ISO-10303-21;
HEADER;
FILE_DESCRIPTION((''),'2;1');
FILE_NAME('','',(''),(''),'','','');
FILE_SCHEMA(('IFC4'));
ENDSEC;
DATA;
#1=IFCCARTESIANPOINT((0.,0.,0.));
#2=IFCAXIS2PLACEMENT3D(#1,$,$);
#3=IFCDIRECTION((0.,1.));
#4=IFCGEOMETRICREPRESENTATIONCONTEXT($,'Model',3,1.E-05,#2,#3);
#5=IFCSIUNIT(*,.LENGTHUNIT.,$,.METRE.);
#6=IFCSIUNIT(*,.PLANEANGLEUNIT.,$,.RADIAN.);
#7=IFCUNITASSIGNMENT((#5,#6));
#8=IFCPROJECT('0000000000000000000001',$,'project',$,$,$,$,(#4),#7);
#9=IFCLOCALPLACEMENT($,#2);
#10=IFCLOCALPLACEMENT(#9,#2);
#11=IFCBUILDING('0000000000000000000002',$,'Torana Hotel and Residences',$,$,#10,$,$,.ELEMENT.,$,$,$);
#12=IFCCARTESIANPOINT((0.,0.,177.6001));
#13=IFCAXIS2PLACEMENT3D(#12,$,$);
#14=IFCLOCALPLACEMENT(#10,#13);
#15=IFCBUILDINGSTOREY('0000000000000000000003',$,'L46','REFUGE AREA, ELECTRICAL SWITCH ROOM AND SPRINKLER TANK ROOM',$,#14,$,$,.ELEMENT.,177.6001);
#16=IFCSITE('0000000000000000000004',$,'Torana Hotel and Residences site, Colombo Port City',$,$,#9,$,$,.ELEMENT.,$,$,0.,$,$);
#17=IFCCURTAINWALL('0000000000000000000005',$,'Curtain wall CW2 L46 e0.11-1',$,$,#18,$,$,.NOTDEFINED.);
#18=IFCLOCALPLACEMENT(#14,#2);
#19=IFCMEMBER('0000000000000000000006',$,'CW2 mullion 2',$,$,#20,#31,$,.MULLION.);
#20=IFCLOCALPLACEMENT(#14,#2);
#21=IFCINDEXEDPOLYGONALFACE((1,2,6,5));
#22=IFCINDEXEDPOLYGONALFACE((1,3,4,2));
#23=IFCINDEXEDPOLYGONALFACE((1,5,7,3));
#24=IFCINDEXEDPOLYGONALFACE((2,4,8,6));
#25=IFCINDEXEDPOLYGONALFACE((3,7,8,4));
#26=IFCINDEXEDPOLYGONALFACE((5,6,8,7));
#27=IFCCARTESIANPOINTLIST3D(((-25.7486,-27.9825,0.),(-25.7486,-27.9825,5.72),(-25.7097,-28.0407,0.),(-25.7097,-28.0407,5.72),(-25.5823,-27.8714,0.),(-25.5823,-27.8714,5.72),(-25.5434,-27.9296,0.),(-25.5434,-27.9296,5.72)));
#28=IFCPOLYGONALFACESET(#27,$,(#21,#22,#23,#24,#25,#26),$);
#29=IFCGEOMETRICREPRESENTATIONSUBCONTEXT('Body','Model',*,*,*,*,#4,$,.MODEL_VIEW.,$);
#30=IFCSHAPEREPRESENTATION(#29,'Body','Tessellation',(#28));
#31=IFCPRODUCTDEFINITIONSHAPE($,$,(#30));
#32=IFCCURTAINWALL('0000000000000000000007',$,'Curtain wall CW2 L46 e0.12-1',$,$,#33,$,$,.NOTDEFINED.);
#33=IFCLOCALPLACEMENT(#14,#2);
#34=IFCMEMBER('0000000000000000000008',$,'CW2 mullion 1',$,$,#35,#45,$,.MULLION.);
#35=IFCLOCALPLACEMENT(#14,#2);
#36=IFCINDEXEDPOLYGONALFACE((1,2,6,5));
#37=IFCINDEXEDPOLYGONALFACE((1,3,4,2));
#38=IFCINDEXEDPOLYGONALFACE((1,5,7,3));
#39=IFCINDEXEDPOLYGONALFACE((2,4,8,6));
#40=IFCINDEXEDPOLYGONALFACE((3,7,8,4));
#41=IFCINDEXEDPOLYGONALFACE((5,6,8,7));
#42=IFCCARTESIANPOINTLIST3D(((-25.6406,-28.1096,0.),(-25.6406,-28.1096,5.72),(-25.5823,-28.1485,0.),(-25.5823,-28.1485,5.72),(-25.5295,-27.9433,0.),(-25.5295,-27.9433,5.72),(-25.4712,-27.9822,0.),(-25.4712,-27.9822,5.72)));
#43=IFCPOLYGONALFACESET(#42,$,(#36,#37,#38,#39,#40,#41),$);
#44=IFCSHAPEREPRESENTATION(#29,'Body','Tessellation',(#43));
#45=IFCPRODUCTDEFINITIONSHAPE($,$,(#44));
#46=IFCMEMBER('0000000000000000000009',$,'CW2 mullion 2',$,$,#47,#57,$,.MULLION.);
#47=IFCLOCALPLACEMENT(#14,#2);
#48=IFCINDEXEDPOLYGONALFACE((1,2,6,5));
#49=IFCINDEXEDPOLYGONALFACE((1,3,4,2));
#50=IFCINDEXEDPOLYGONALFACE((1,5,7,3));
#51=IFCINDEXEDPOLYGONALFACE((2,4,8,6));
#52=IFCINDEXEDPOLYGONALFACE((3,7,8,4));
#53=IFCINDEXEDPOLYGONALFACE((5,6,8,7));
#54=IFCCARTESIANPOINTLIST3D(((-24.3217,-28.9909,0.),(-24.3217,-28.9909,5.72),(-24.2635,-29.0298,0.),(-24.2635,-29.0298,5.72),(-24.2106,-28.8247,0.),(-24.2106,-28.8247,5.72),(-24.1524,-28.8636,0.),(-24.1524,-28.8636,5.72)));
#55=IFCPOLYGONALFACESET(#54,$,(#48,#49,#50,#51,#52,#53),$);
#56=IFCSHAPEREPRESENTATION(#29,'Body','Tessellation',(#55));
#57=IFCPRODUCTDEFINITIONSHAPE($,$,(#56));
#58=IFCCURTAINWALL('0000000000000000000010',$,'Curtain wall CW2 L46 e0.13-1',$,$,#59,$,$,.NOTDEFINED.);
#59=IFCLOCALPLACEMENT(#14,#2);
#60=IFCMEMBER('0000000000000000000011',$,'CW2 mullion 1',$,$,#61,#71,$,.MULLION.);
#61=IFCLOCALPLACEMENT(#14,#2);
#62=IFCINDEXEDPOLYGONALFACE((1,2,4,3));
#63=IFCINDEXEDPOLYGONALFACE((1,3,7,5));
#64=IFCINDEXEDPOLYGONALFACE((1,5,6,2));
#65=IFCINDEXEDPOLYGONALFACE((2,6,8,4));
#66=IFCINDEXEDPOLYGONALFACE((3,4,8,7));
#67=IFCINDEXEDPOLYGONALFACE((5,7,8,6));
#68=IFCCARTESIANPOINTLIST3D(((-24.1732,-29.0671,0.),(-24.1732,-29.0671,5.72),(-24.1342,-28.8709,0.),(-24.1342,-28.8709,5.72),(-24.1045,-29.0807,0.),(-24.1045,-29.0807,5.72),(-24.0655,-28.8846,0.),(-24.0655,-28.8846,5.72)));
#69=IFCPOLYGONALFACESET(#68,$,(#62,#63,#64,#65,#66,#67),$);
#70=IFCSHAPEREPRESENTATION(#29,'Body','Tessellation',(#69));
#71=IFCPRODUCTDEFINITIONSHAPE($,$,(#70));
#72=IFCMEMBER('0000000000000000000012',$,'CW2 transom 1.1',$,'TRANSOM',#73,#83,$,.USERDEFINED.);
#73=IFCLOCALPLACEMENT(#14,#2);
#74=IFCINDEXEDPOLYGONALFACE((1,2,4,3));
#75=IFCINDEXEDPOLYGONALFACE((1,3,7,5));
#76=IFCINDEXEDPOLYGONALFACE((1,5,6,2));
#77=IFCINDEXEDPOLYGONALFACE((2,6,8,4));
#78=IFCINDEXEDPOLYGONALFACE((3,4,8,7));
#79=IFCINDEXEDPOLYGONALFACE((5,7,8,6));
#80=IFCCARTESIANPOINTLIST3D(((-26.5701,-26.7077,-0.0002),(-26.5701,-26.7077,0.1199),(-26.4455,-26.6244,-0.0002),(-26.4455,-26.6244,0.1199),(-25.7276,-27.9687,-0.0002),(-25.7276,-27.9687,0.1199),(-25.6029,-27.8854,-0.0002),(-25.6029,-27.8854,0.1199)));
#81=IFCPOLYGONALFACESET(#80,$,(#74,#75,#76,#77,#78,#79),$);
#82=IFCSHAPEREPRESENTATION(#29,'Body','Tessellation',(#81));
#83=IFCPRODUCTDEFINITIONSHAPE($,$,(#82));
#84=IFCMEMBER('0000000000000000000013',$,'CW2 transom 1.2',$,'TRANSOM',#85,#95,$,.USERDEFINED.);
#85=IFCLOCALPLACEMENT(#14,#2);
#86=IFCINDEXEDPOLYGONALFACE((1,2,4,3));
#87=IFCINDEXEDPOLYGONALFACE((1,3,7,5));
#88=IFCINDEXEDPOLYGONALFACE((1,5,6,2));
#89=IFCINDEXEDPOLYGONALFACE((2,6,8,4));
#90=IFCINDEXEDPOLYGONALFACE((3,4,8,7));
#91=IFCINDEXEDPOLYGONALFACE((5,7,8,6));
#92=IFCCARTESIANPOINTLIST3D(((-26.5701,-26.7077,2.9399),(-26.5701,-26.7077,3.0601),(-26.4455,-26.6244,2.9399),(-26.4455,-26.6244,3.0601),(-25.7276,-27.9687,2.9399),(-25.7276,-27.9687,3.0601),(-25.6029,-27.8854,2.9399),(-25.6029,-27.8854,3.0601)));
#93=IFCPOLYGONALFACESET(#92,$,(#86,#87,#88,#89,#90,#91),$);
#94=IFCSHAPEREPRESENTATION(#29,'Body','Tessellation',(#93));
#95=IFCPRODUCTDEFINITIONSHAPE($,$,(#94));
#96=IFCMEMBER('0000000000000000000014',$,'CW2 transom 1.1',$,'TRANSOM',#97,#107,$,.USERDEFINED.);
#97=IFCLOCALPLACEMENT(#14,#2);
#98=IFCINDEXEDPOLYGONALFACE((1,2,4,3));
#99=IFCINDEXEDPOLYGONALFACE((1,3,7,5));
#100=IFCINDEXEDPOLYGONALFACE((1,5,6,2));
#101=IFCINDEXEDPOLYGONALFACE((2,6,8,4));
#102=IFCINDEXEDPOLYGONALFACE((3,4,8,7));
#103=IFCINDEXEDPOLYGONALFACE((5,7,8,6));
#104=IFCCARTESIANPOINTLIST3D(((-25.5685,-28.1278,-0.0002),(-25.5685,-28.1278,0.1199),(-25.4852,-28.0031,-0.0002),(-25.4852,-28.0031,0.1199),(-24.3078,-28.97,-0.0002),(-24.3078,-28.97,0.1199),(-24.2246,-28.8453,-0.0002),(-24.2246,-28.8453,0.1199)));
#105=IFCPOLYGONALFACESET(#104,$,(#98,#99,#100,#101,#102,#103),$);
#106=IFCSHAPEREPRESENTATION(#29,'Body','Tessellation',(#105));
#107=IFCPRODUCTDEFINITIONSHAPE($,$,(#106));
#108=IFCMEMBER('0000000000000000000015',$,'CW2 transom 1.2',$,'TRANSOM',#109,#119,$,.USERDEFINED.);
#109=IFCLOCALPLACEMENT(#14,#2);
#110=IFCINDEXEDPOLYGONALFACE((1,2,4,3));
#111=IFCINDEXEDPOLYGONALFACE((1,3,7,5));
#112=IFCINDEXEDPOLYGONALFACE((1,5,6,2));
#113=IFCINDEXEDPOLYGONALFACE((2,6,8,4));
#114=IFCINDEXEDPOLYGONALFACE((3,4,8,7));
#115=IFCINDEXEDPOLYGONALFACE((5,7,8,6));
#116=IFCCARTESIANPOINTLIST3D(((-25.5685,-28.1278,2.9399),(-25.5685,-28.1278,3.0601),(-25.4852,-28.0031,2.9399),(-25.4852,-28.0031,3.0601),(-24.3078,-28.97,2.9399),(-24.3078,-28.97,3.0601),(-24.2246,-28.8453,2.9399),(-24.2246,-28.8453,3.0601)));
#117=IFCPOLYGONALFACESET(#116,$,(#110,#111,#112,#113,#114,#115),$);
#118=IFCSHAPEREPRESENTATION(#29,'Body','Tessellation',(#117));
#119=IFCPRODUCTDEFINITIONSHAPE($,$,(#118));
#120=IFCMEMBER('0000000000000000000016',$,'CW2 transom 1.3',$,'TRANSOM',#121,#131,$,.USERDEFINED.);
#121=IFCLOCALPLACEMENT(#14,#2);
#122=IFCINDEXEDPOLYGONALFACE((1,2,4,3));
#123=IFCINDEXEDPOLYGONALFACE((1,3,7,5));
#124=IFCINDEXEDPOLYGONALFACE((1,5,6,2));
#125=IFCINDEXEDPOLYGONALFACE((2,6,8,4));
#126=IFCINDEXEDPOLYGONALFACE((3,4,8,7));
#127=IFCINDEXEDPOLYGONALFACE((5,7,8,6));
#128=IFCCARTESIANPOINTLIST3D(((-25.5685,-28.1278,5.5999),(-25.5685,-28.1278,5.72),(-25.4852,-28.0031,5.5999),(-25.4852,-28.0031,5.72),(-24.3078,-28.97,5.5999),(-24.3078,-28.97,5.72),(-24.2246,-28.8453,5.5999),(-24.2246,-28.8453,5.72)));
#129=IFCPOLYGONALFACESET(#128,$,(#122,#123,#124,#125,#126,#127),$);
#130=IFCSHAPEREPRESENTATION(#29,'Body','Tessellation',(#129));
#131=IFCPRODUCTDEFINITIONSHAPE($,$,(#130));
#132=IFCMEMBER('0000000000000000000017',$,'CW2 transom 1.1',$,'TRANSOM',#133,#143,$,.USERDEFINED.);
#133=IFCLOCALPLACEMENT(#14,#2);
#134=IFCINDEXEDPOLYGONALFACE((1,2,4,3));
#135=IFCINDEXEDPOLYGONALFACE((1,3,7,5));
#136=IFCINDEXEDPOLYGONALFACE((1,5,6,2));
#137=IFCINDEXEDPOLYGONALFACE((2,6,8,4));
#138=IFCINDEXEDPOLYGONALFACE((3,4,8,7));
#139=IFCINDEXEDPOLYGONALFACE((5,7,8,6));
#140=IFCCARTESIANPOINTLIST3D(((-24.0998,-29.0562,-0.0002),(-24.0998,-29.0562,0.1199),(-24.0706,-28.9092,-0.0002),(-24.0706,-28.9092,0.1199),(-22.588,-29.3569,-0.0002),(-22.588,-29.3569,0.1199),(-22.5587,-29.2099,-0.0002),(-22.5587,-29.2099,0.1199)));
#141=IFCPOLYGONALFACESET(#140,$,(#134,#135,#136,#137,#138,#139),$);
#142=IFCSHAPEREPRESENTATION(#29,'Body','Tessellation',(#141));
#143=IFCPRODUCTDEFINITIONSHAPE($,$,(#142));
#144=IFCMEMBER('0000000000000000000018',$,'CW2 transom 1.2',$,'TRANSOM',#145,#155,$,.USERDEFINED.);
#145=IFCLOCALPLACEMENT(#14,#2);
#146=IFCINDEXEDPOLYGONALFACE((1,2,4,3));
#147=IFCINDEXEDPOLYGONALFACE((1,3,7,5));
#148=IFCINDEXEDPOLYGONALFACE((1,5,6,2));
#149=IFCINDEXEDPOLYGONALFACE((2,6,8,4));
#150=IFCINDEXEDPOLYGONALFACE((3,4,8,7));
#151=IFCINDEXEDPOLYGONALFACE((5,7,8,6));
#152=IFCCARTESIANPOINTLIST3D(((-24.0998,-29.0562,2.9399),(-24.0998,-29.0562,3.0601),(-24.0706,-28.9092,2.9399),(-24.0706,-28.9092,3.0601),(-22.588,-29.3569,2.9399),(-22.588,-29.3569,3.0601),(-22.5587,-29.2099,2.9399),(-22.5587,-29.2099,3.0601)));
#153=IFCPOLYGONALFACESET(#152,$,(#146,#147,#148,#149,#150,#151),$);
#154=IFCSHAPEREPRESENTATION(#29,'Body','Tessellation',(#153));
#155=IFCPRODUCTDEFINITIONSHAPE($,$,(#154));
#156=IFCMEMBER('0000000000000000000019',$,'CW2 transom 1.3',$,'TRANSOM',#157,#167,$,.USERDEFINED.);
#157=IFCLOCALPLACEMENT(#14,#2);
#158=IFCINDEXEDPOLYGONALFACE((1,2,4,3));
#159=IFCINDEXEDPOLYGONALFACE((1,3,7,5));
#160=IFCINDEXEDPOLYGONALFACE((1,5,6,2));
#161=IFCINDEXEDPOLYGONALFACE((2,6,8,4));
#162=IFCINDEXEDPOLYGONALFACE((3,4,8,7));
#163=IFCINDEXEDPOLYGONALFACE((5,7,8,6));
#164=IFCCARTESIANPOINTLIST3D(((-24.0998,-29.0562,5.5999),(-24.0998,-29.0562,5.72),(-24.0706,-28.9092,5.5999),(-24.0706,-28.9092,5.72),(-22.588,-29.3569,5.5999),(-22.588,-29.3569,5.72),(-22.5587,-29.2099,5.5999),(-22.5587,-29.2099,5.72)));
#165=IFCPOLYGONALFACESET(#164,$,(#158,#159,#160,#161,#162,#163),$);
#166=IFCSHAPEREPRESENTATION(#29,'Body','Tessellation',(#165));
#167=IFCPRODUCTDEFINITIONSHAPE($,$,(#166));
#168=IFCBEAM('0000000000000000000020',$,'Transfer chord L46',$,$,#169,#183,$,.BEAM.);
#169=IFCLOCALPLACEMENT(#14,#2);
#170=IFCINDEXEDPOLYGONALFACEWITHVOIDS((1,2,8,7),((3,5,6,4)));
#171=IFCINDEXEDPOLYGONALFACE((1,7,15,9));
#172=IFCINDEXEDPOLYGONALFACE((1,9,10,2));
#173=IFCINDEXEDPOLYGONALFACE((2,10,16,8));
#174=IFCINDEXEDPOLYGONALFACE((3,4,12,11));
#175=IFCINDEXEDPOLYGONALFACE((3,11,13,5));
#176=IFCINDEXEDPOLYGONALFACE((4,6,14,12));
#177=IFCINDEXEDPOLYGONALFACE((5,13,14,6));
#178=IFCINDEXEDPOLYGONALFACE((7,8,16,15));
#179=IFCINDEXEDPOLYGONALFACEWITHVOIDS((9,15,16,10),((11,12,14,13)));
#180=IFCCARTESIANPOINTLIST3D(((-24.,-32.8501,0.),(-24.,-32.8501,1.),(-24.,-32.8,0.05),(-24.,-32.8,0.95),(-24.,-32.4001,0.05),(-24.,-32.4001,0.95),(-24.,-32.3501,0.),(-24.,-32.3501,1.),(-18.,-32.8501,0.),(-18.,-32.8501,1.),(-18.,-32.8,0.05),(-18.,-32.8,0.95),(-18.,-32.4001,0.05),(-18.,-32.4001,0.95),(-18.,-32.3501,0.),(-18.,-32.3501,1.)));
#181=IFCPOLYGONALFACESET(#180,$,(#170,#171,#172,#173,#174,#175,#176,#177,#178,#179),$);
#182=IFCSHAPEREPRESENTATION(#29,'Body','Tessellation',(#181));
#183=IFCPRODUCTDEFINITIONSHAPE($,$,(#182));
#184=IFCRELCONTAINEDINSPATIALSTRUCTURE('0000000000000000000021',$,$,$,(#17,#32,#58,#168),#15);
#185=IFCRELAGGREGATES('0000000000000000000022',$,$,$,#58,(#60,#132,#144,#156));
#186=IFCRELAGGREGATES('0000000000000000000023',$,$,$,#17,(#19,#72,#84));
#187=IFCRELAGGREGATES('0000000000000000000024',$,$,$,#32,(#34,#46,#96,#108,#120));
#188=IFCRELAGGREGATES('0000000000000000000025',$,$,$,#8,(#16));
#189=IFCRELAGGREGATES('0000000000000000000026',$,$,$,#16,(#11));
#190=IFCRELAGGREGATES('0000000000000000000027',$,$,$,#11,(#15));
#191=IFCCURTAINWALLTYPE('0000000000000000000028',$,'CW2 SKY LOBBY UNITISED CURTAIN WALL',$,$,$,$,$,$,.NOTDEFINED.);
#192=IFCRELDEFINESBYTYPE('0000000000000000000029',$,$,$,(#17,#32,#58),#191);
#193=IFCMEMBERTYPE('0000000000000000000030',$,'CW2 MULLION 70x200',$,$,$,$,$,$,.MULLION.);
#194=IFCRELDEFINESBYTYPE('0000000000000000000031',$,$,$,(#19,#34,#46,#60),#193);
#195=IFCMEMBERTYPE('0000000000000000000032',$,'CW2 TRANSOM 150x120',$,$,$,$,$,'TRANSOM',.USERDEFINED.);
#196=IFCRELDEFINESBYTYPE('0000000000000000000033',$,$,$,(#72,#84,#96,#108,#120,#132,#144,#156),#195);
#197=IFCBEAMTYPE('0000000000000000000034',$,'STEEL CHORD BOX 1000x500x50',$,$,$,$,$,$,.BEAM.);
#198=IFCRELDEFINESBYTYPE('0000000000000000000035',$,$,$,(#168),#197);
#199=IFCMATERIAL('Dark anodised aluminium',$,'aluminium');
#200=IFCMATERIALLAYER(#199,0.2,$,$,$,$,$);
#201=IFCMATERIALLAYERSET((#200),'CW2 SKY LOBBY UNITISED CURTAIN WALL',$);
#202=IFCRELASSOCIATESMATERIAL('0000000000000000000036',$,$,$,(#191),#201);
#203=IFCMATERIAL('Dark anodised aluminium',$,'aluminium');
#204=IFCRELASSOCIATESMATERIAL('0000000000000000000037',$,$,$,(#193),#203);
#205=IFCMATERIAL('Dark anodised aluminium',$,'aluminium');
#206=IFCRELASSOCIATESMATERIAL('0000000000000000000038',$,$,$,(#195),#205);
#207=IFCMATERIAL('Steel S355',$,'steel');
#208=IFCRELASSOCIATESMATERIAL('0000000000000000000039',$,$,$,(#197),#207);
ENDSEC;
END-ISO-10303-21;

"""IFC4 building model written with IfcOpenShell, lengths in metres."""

from ifc_helpers import new_model, si_unit, direction, frame, origin, origin_2d, place, context, subcontext, project, spatial, rectangle, hollow_rectangle, extrude, material, layer, layer_set, material_profile, profile_set, type_object, element, aggregate, save


model = new_model("IFC4")

# Units and contexts
model_context = context("Model", 3, precision=1e-05, world=origin(), true_north=direction((0.0, 1.0)))
body_context = subcontext(model_context, "Body", "Model", "MODEL_VIEW")
ifc_project = project(units=[si_unit("LENGTHUNIT", "METRE"), si_unit("PLANEANGLEUNIT", "RADIAN")], contexts=[model_context])

# Site, building, storey
site_placement = place(None, origin())
site = spatial("IfcSite", under=ifc_project, at=site_placement, Name="Torana Hotel and Residences site, Colombo Port City", CompositionType="ELEMENT", RefElevation=0.0)
building_placement = place(site_placement, origin())
building = spatial("IfcBuilding", under=site, at=building_placement, Name="Torana Hotel and Residences", CompositionType="ELEMENT")
storey_placement = place(building_placement, frame((0.0, 0.0, 177.6001)))
storey = spatial("IfcBuildingStorey", under=building, at=storey_placement, Name="L46", Description="REFUGE AREA, ELECTRICAL SWITCH ROOM AND SPRINKLER TANK ROOM", CompositionType="ELEMENT", Elevation=177.6001)

# Curtain wall, member
ifc_material_1 = material(Name="Dark anodised aluminium", Category="aluminium")
ifc_layer_1 = layer(ifc_material_1, 0.2)
ifc_layer_set_1 = layer_set([ifc_layer_1], Name="CW2 SKY LOBBY UNITISED CURTAIN WALL")
curtain_wall_type = type_object("IfcCurtainWallType", Name="CW2 SKY LOBBY UNITISED CURTAIN WALL", PredefinedType="NOTDEFINED", material=ifc_layer_set_1)
curtain_wall_1_placement = place(storey_placement, origin())
curtain_wall_1 = element("IfcCurtainWall", 1, at=curtain_wall_1_placement, inside=storey, type_object=curtain_wall_type, Name="Curtain wall CW2 L46 e0.11-1", PredefinedType="NOTDEFINED")
ifc_material_2 = material(Name="Dark anodised aluminium", Category="aluminium")
ifc_material_profile_1 = material_profile(ifc_material_2, rectangle(XDim=0.2, YDim=0.0701, at=origin_2d()), Name="CW2 MULLION 70x200")
ifc_profile_set_1 = profile_set([ifc_material_profile_1], Name="Dark anodised aluminium")
member_type_1 = type_object("IfcMemberType", Name="CW2 MULLION 70x200", PredefinedType="MULLION", material=ifc_profile_set_1)
member_1_placement = place(storey_placement, frame((-25.646, -27.9561, 0.0), z_axis=(0.0, 0.0, 1.0), x_axis=(0.831474, 0.555564, 0.0)))
member_1 = element("IfcMember", 2, at=member_1_placement, type_object=member_type_1, Name="CW2 mullion 2", PredefinedType="MULLION", context=body_context, shape_type="SweptSolid", body=[
    extrude(rectangle(XDim=0.2, YDim=0.0701, at=origin_2d()), origin(), (0.0, 0.0, 1.0), 5.72),
])

# Curtain wall, members
curtain_wall_2_placement = place(storey_placement, origin())
curtain_wall_2 = element("IfcCurtainWall", 3, at=curtain_wall_2_placement, inside=storey, type_object=curtain_wall_type, Name="Curtain wall CW2 L46 e0.12-1", PredefinedType="NOTDEFINED")
member_2_placement = place(storey_placement, frame((-25.5559, -28.0459, 0.0), z_axis=(0.0, 0.0, 1.0), x_axis=(0.555564, 0.831474, 0.0)))
member_2 = element("IfcMember", 4, at=member_2_placement, type_object=member_type_1, Name="CW2 mullion 1", PredefinedType="MULLION", context=body_context, shape_type="SweptSolid", body=[
    extrude(rectangle(XDim=0.2, YDim=0.0701, at=origin_2d()), origin(), (0.0, 0.0, 1.0), 5.72),
])
member_3_placement = place(storey_placement, frame((-24.2371, -28.9272, 0.0), z_axis=(0.0, 0.0, 1.0), x_axis=(0.555564, 0.831474, 0.0)))
member_3 = element("IfcMember", 5, at=member_3_placement, type_object=member_type_1, Name="CW2 mullion 2", PredefinedType="MULLION", context=body_context, shape_type="SweptSolid", body=[
    extrude(rectangle(XDim=0.2, YDim=0.0701, at=origin_2d()), origin(), (0.0, 0.0, 1.0), 5.72),
])

# Curtain wall, member
curtain_wall_3_placement = place(storey_placement, origin())
curtain_wall_3 = element("IfcCurtainWall", 6, at=curtain_wall_3_placement, inside=storey, type_object=curtain_wall_type, Name="Curtain wall CW2 L46 e0.13-1", PredefinedType="NOTDEFINED")
member_4_placement = place(storey_placement, frame((-24.1194, -28.9758, 0.0), z_axis=(0.0, 0.0, 1.0), x_axis=(0.195064, 0.980791, 0.0)))
member_4 = element("IfcMember", 7, at=member_4_placement, type_object=member_type_1, Name="CW2 mullion 1", PredefinedType="MULLION", context=body_context, shape_type="SweptSolid", body=[
    extrude(rectangle(XDim=0.2, YDim=0.0701, at=origin_2d()), origin(), (0.0, 0.0, 1.0), 5.72),
])

# Members
ifc_material_3 = material(Name="Dark anodised aluminium", Category="aluminium")
ifc_material_profile_2 = material_profile(ifc_material_3, rectangle(XDim=0.1499, YDim=0.1201, at=origin_2d()), Name="CW2 TRANSOM 150x120")
ifc_profile_set_2 = profile_set([ifc_material_profile_2], Name="Dark anodised aluminium")
member_type_2 = type_object("IfcMemberType", Name="CW2 TRANSOM 150x120", ElementType="TRANSOM", PredefinedType="USERDEFINED", material=ifc_profile_set_2)
member_5_placement = place(storey_placement, frame((-26.5078, -26.666, 0.0598), z_axis=(0.555554, -0.83148, 0.0), x_axis=(0.83148, 0.555554, 0.0)))
member_5 = element("IfcMember", 8, at=member_5_placement, type_object=member_type_2, Name="CW2 transom 1.1", ObjectType="TRANSOM", PredefinedType="USERDEFINED", context=body_context, shape_type="SweptSolid", body=[
    extrude(rectangle(XDim=0.1499, YDim=0.1201, at=origin_2d()), origin(), (0.0, 0.0, 1.0), 1.5166),
])
member_6_placement = place(storey_placement, frame((-26.5078, -26.666, 3.0), z_axis=(0.555554, -0.83148, 0.0), x_axis=(0.83148, 0.555554, 0.0)))
member_6 = element("IfcMember", 9, at=member_6_placement, type_object=member_type_2, Name="CW2 transom 1.2", ObjectType="TRANSOM", PredefinedType="USERDEFINED", context=body_context, shape_type="SweptSolid", body=[
    extrude(rectangle(XDim=0.1499, YDim=0.1201, at=origin_2d()), origin(), (0.0, 0.0, 1.0), 1.5166),
])
member_7_placement = place(storey_placement, frame((-25.5269, -28.0654, 0.0598), z_axis=(0.831505, -0.555517, 0.0), x_axis=(0.555517, 0.831505, 0.0)))
member_7 = element("IfcMember", 10, at=member_7_placement, type_object=member_type_2, Name="CW2 transom 1.1", ObjectType="TRANSOM", PredefinedType="USERDEFINED", context=body_context, shape_type="SweptSolid", body=[
    extrude(rectangle(XDim=0.1499, YDim=0.1201, at=origin_2d()), origin(), (0.0, 0.0, 1.0), 1.5161),
])
member_8_placement = place(storey_placement, frame((-25.5269, -28.0654, 3.0), z_axis=(0.831505, -0.555517, 0.0), x_axis=(0.555517, 0.831505, 0.0)))
member_8 = element("IfcMember", 11, at=member_8_placement, type_object=member_type_2, Name="CW2 transom 1.2", ObjectType="TRANSOM", PredefinedType="USERDEFINED", context=body_context, shape_type="SweptSolid", body=[
    extrude(rectangle(XDim=0.1499, YDim=0.1201, at=origin_2d()), origin(), (0.0, 0.0, 1.0), 1.5161),
])
member_9_placement = place(storey_placement, frame((-25.5269, -28.0654, 5.6599), z_axis=(0.831505, -0.555517, 0.0), x_axis=(0.555517, 0.831505, 0.0)))
member_9 = element("IfcMember", 12, at=member_9_placement, type_object=member_type_2, Name="CW2 transom 1.3", ObjectType="TRANSOM", PredefinedType="USERDEFINED", context=body_context, shape_type="SweptSolid", body=[
    extrude(rectangle(XDim=0.1499, YDim=0.1201, at=origin_2d()), origin(), (0.0, 0.0, 1.0), 1.5161),
])
member_10_placement = place(storey_placement, frame((-24.0852, -28.9827, 0.0598), z_axis=(0.980781, -0.195111, 0.0), x_axis=(0.195111, 0.980781, 0.0)))
member_10 = element("IfcMember", 13, at=member_10_placement, type_object=member_type_2, Name="CW2 transom 1.1", ObjectType="TRANSOM", PredefinedType="USERDEFINED", context=body_context, shape_type="SweptSolid", body=[
    extrude(rectangle(XDim=0.1499, YDim=0.1201, at=origin_2d()), origin(), (0.0, 0.0, 1.0), 1.5415),
])
member_11_placement = place(storey_placement, frame((-24.0852, -28.9827, 3.0), z_axis=(0.980781, -0.195111, 0.0), x_axis=(0.195111, 0.980781, 0.0)))
member_11 = element("IfcMember", 14, at=member_11_placement, type_object=member_type_2, Name="CW2 transom 1.2", ObjectType="TRANSOM", PredefinedType="USERDEFINED", context=body_context, shape_type="SweptSolid", body=[
    extrude(rectangle(XDim=0.1499, YDim=0.1201, at=origin_2d()), origin(), (0.0, 0.0, 1.0), 1.5415),
])
member_12_placement = place(storey_placement, frame((-24.0852, -28.9827, 5.6599), z_axis=(0.980781, -0.195111, 0.0), x_axis=(0.195111, 0.980781, 0.0)))
member_12 = element("IfcMember", 15, at=member_12_placement, type_object=member_type_2, Name="CW2 transom 1.3", ObjectType="TRANSOM", PredefinedType="USERDEFINED", context=body_context, shape_type="SweptSolid", body=[
    extrude(rectangle(XDim=0.1499, YDim=0.1201, at=origin_2d()), origin(), (0.0, 0.0, 1.0), 1.5415),
])
aggregate(curtain_wall_3, [member_4, member_10, member_11, member_12])

# Beam
ifc_material_4 = material(Name="Steel S355", Category="steel")
ifc_material_profile_3 = material_profile(ifc_material_4, hollow_rectangle(XDim=0.5, YDim=1.0, WallThickness=0.05, at=origin_2d()), Name="BOX 1000x500x50")
ifc_profile_set_3 = profile_set([ifc_material_profile_3], Name="Steel S355")
beam_type_1 = type_object("IfcBeamType", Name="STEEL CHORD BOX 1000x500x50", PredefinedType="BEAM", material=ifc_profile_set_3)
beam_1_placement = place(storey_placement, frame((-24.0, -32.6001, 0.5), z_axis=(1.0, 0.0, 0.0), x_axis=(0.0, 1.0, 0.0)))
element("IfcBeam", 16, at=beam_1_placement, inside=storey, type_object=beam_type_1, Name="Transfer chord L46", PredefinedType="BEAM", context=body_context, shape_type="SweptSolid", body=[
    extrude(hollow_rectangle(XDim=0.5, YDim=1.0, WallThickness=0.05, at=origin_2d()), origin(), (0.0, 0.0, 1.0), 6.0),
])

aggregate(curtain_wall_1, [member_1, member_5, member_6])
aggregate(curtain_wall_2, [member_2, member_3, member_7, member_8, member_9])

save(model, "model.ifc")
